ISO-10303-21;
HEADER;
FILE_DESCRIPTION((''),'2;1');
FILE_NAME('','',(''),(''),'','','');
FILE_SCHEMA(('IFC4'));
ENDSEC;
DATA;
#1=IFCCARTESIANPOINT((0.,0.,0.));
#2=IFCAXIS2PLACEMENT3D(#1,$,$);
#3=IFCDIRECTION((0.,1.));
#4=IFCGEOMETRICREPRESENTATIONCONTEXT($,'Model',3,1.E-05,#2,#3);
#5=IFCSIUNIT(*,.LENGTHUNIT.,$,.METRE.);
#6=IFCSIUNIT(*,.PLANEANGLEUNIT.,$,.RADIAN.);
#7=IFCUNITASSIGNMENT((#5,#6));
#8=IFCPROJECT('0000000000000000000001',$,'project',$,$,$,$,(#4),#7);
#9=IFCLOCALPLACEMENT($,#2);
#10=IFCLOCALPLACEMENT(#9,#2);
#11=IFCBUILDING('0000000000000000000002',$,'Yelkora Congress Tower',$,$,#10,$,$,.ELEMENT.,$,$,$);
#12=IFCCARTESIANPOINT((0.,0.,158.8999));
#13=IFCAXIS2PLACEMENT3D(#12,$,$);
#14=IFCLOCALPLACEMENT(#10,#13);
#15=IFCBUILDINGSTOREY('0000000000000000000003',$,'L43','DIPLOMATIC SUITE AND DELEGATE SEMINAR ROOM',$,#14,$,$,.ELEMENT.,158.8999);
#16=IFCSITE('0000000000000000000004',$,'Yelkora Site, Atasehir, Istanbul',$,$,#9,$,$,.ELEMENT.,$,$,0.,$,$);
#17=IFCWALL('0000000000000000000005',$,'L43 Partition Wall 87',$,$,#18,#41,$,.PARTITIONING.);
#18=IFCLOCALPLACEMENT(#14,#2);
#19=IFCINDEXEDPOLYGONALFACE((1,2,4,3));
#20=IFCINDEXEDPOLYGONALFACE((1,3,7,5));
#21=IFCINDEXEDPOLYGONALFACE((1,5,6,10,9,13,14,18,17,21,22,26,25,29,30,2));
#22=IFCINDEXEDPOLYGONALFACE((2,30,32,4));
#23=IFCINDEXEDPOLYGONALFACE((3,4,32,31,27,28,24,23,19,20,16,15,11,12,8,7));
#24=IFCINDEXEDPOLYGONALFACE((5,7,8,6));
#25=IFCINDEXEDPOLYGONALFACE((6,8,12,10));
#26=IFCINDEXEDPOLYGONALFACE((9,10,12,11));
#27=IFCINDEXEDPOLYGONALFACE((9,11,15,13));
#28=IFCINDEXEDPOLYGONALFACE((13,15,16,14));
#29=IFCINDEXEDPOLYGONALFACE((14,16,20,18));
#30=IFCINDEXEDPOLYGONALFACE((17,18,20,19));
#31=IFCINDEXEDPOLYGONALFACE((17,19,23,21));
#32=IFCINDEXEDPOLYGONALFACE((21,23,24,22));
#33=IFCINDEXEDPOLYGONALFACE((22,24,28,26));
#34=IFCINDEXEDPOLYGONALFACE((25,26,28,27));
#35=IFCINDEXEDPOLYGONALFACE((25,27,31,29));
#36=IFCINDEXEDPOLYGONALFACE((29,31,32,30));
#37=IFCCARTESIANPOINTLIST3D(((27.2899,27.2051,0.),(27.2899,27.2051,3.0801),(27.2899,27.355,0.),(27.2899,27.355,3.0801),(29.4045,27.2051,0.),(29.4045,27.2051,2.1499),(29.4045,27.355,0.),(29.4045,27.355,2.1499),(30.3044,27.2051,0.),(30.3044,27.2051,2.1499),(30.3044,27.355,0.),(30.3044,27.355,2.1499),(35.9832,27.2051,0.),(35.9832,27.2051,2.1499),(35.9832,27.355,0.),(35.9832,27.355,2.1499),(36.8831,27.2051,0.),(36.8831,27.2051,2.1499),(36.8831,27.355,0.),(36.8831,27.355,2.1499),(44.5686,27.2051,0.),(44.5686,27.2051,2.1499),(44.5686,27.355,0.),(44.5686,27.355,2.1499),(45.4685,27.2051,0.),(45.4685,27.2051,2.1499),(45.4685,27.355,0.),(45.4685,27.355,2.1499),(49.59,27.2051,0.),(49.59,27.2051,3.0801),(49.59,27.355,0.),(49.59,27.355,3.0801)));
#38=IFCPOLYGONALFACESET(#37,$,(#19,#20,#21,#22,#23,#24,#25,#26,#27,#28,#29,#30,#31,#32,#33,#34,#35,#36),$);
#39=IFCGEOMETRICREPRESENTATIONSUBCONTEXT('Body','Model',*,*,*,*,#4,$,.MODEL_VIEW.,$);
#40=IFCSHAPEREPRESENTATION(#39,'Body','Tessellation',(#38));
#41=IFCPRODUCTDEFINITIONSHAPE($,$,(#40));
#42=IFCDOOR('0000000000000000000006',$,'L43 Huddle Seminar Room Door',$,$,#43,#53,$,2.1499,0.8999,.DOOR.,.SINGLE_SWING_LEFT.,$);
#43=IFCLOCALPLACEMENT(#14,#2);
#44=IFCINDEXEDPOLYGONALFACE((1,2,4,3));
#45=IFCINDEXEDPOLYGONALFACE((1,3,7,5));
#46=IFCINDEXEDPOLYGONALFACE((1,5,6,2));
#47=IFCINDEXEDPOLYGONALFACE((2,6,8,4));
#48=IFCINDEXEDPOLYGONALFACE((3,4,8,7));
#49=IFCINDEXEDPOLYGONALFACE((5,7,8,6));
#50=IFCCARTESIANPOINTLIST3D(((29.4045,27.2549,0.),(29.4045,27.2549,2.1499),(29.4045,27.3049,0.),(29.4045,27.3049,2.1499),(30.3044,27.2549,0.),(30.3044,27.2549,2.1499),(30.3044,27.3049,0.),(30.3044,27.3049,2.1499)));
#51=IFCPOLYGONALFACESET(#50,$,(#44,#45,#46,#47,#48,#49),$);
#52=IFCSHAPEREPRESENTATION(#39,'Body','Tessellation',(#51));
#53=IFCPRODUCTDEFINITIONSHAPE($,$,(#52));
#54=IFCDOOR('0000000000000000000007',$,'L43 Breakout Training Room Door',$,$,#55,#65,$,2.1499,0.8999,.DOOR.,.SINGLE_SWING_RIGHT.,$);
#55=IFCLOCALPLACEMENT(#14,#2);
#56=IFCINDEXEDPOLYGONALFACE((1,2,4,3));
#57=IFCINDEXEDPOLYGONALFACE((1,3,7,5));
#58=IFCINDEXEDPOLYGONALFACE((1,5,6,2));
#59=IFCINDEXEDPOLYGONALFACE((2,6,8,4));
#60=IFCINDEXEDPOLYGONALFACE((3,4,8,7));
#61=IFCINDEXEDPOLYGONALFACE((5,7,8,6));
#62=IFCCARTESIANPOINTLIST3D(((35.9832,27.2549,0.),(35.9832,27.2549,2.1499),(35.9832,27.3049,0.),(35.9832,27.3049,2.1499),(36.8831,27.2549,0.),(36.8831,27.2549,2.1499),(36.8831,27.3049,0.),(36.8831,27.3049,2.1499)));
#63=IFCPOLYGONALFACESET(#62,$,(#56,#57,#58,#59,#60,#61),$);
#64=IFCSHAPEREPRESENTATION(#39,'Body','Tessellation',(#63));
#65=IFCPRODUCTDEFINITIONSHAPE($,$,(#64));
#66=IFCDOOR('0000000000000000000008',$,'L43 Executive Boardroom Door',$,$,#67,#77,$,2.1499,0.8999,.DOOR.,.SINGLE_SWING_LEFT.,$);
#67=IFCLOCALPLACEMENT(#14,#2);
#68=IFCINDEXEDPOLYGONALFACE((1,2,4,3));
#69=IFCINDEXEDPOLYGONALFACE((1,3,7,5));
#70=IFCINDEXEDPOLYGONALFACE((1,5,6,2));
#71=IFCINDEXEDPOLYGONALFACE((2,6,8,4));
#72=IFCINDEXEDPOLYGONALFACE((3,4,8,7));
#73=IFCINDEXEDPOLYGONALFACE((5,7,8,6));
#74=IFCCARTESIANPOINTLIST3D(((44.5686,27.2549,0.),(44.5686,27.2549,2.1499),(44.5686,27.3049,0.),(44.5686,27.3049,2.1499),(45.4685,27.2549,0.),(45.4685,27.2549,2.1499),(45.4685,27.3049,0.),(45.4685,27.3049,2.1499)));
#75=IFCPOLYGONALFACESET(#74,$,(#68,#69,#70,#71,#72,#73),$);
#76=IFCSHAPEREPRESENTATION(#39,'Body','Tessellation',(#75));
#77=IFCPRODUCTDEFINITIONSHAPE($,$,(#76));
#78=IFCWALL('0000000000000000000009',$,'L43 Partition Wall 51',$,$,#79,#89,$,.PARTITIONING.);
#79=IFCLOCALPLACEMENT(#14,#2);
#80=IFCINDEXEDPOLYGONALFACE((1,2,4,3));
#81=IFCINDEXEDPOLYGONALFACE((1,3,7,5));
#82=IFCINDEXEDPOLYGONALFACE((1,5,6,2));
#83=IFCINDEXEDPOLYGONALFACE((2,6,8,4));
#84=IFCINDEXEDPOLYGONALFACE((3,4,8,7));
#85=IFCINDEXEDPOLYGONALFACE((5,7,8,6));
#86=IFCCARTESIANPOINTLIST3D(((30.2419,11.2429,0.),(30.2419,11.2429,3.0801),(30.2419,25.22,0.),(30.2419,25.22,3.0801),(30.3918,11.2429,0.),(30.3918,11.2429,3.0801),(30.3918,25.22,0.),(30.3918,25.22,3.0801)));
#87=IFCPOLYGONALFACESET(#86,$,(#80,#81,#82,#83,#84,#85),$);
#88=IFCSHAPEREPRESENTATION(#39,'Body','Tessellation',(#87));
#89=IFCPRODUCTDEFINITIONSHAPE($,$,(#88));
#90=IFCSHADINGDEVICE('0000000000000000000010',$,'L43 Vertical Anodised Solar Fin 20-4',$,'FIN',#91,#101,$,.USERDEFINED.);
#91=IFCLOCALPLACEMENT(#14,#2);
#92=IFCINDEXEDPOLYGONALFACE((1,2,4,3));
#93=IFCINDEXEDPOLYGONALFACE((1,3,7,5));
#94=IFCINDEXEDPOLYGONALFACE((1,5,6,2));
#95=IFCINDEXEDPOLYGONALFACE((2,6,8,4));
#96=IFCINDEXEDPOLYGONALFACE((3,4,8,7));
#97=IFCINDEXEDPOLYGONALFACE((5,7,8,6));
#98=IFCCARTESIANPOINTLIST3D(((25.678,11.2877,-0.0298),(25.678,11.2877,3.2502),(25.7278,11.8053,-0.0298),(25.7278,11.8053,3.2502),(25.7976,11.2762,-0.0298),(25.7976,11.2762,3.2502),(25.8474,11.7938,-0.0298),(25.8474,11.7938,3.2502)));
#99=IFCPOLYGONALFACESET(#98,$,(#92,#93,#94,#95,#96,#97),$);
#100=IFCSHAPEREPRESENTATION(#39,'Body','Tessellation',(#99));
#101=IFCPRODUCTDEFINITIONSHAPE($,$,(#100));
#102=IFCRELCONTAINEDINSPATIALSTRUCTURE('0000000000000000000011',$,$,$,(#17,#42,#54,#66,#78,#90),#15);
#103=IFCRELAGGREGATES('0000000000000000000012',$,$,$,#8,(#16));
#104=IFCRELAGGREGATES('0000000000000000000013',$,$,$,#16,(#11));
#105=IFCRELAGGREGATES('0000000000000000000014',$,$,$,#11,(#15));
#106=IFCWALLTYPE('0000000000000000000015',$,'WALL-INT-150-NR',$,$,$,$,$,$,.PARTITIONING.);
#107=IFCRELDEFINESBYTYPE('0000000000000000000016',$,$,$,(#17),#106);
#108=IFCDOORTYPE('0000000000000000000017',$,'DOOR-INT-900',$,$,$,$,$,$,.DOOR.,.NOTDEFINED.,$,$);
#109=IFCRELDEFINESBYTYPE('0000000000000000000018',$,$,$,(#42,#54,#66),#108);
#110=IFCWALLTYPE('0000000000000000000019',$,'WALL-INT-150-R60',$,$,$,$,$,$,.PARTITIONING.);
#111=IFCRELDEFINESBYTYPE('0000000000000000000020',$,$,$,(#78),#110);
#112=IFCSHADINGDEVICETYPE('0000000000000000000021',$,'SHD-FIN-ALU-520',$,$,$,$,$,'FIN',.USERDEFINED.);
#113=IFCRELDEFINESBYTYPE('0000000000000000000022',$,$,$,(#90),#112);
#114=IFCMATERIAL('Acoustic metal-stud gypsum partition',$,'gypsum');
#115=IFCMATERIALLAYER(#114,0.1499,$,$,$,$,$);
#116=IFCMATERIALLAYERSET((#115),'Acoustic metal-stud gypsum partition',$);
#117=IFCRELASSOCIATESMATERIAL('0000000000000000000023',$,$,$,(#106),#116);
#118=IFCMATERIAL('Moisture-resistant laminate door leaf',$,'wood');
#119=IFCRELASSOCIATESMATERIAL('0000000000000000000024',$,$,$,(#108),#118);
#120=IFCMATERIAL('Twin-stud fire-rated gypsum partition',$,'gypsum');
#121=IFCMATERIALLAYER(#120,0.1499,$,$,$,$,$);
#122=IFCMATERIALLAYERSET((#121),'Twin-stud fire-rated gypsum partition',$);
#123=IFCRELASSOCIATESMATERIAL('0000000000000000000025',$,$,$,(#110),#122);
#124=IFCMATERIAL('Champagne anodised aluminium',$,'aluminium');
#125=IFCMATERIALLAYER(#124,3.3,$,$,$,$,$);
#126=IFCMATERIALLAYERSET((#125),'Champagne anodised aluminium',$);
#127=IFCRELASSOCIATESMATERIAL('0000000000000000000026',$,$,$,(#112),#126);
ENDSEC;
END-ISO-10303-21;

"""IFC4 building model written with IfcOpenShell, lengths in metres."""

from ifc_helpers import new_model, si_unit, direction, frame, frame_2d, origin, origin_2d, place, context, subcontext, project, spatial, rectangle, extrude, material, layer, layer_set, type_object, element, fill, save


model = new_model("IFC4")

# Units and contexts
model_context = context("Model", 3, precision=1e-05, world=origin(), true_north=direction((0.0, 1.0)))
body_context = subcontext(model_context, "Body", "Model", "MODEL_VIEW")
ifc_project = project(units=[si_unit("LENGTHUNIT", "METRE"), si_unit("PLANEANGLEUNIT", "RADIAN")], contexts=[model_context])

# Site, building, storey
site_placement = place(None, origin())
site = spatial("IfcSite", under=ifc_project, at=site_placement, Name="Yelkora Site, Atasehir, Istanbul", CompositionType="ELEMENT", RefElevation=0.0)
building_placement = place(site_placement, origin())
building = spatial("IfcBuilding", under=site, at=building_placement, Name="Yelkora Congress Tower", CompositionType="ELEMENT")
storey_placement = place(building_placement, frame((0.0, 0.0, 158.8999)))
storey = spatial("IfcBuildingStorey", under=building, at=storey_placement, Name="L43", Description="DIPLOMATIC SUITE AND DELEGATE SEMINAR ROOM", CompositionType="ELEMENT", Elevation=158.8999)

# Shared definitions
ifc_material_1 = material(Name="Acoustic metal-stud gypsum partition", Category="gypsum")
ifc_layer_1 = layer(ifc_material_1, 0.1499)
ifc_layer_set_1 = layer_set([ifc_layer_1], Name="Acoustic metal-stud gypsum partition")
wall_type_1 = type_object("IfcWallType", Name="WALL-INT-150-NR", PredefinedType="PARTITIONING", material=ifc_layer_set_1)

# Wall, openings, doors
wall_1_placement = place(storey_placement, frame((27.29, 27.28, 0.0), z_axis=(0.0, 0.0, 1.0), x_axis=(1.0, 0.0, 0.0)))
wall_1 = element("IfcWall", 1, at=wall_1_placement, inside=storey, type_object=wall_type_1, Name="L43 Partition Wall 87", PredefinedType="PARTITIONING", context=body_context, shape_type="SweptSolid", body=[
    extrude(rectangle(XDim=22.3, YDim=0.1499, at=frame_2d((11.1499, 0.0))), origin(), (0.0, 0.0, 1.0), 3.0801),
])
opening_1_placement = place(wall_1_placement, frame((2.1145, 0.0, 0.0)))
opening_1 = element("IfcOpeningElement", 2, at=opening_1_placement, cuts=wall_1, PredefinedType="OPENING", context=body_context, shape_type="SweptSolid", body=[
    extrude(rectangle(XDim=0.8999, YDim=2.1499, at=frame_2d((0.45, 1.075))), frame((0.0, 0.085, 0.0), z_axis=(0.0, -1.0, 0.0), x_axis=(1.0, 0.0, 0.0)), (0.0, 0.0, 1.0), 0.1699),
])
opening_2_placement = place(wall_1_placement, frame((8.6931, 0.0, 0.0)))
opening_2 = element("IfcOpeningElement", 3, at=opening_2_placement, cuts=wall_1, PredefinedType="OPENING", context=body_context, shape_type="SweptSolid", body=[
    extrude(rectangle(XDim=0.8999, YDim=2.1499, at=frame_2d((0.45, 1.075))), frame((0.0, 0.085, 0.0), z_axis=(0.0, -1.0, 0.0), x_axis=(1.0, 0.0, 0.0)), (0.0, 0.0, 1.0), 0.1699),
])
opening_3_placement = place(wall_1_placement, frame((17.2786, 0.0, 0.0)))
opening_3 = element("IfcOpeningElement", 4, at=opening_3_placement, cuts=wall_1, PredefinedType="OPENING", context=body_context, shape_type="SweptSolid", body=[
    extrude(rectangle(XDim=0.8999, YDim=2.1499, at=frame_2d((0.45, 1.075))), frame((0.0, 0.085, 0.0), z_axis=(0.0, -1.0, 0.0), x_axis=(1.0, 0.0, 0.0)), (0.0, 0.0, 1.0), 0.1699),
])
ifc_material_2 = material(Name="Moisture-resistant laminate door leaf", Category="wood")
door_type_1 = type_object("IfcDoorType", Name="DOOR-INT-900", OperationType="NOTDEFINED", PredefinedType="DOOR", material=ifc_material_2)
door_1_placement = place(opening_1_placement, origin())
door_1 = element("IfcDoor", 5, at=door_1_placement, inside=storey, type_object=door_type_1, Name="L43 Huddle Seminar Room Door", OperationType="SINGLE_SWING_LEFT", OverallHeight=2.1499, OverallWidth=0.8999, PredefinedType="DOOR", context=body_context, shape_type="SweptSolid", body=[
    extrude(rectangle(XDim=0.8999, YDim=2.1499, at=frame_2d((0.45, 1.075))), frame((0.0, 0.0249, 0.0), z_axis=(0.0, -1.0, 0.0), x_axis=(1.0, 0.0, 0.0)), (0.0, 0.0, 1.0), 0.05),
])
fill(opening_1, door_1)
door_2_placement = place(opening_2_placement, origin())
door_2 = element("IfcDoor", 6, at=door_2_placement, inside=storey, type_object=door_type_1, Name="L43 Breakout Training Room Door", OperationType="SINGLE_SWING_RIGHT", OverallHeight=2.1499, OverallWidth=0.8999, PredefinedType="DOOR", context=body_context, shape_type="SweptSolid", body=[
    extrude(rectangle(XDim=0.8999, YDim=2.1499, at=frame_2d((0.45, 1.075))), frame((0.0, 0.0249, 0.0), z_axis=(0.0, -1.0, 0.0), x_axis=(1.0, 0.0, 0.0)), (0.0, 0.0, 1.0), 0.05),
])
fill(opening_2, door_2)
door_3_placement = place(opening_3_placement, origin())
door_3 = element("IfcDoor", 7, at=door_3_placement, inside=storey, type_object=door_type_1, Name="L43 Executive Boardroom Door", OperationType="SINGLE_SWING_LEFT", OverallHeight=2.1499, OverallWidth=0.8999, PredefinedType="DOOR", context=body_context, shape_type="SweptSolid", body=[
    extrude(rectangle(XDim=0.8999, YDim=2.1499, at=frame_2d((0.45, 1.075))), frame((0.0, 0.0249, 0.0), z_axis=(0.0, -1.0, 0.0), x_axis=(1.0, 0.0, 0.0)), (0.0, 0.0, 1.0), 0.05),
])
fill(opening_3, door_3)

# Wall
ifc_material_3 = material(Name="Twin-stud fire-rated gypsum partition", Category="gypsum")
ifc_layer_2 = layer(ifc_material_3, 0.1499)
ifc_layer_set_2 = layer_set([ifc_layer_2], Name="Twin-stud fire-rated gypsum partition")
wall_type_2 = type_object("IfcWallType", Name="WALL-INT-150-R60", PredefinedType="PARTITIONING", material=ifc_layer_set_2)
wall_2_placement = place(storey_placement, frame((30.3169, 11.2429, 0.0), z_axis=(0.0, 0.0, 1.0), x_axis=(0.0, 1.0, 0.0)))
element("IfcWall", 8, at=wall_2_placement, inside=storey, type_object=wall_type_2, Name="L43 Partition Wall 51", PredefinedType="PARTITIONING", context=body_context, shape_type="SweptSolid", body=[
    extrude(rectangle(XDim=13.9771, YDim=0.1499, at=frame_2d((6.9885, 0.0))), origin(), (0.0, 0.0, 1.0), 3.0801),
])

# Shading device
ifc_material_4 = material(Name="Champagne anodised aluminium", Category="aluminium")
ifc_layer_3 = layer(ifc_material_4, 3.3)
ifc_layer_set_3 = layer_set([ifc_layer_3], Name="Champagne anodised aluminium")
shading_device_type = type_object("IfcShadingDeviceType", Name="SHD-FIN-ALU-520", ElementType="FIN", PredefinedType="USERDEFINED", material=ifc_layer_set_3)
shading_device_placement = place(storey_placement, frame((25.7627, 11.5408, -0.0298), z_axis=(0.0, 0.0, 1.0), x_axis=(-0.995396, 0.095846, 0.0)))
element("IfcShadingDevice", 9, at=shading_device_placement, inside=storey, type_object=shading_device_type, Name="L43 Vertical Anodised Solar Fin 20-4", ObjectType="FIN", PredefinedType="USERDEFINED", context=body_context, shape_type="SweptSolid", body=[
    extrude(rectangle(XDim=0.1201, YDim=0.52, at=origin_2d()), origin(), (0.0, 0.0, 1.0), 3.28),
])

save(model, "model.ifc")
